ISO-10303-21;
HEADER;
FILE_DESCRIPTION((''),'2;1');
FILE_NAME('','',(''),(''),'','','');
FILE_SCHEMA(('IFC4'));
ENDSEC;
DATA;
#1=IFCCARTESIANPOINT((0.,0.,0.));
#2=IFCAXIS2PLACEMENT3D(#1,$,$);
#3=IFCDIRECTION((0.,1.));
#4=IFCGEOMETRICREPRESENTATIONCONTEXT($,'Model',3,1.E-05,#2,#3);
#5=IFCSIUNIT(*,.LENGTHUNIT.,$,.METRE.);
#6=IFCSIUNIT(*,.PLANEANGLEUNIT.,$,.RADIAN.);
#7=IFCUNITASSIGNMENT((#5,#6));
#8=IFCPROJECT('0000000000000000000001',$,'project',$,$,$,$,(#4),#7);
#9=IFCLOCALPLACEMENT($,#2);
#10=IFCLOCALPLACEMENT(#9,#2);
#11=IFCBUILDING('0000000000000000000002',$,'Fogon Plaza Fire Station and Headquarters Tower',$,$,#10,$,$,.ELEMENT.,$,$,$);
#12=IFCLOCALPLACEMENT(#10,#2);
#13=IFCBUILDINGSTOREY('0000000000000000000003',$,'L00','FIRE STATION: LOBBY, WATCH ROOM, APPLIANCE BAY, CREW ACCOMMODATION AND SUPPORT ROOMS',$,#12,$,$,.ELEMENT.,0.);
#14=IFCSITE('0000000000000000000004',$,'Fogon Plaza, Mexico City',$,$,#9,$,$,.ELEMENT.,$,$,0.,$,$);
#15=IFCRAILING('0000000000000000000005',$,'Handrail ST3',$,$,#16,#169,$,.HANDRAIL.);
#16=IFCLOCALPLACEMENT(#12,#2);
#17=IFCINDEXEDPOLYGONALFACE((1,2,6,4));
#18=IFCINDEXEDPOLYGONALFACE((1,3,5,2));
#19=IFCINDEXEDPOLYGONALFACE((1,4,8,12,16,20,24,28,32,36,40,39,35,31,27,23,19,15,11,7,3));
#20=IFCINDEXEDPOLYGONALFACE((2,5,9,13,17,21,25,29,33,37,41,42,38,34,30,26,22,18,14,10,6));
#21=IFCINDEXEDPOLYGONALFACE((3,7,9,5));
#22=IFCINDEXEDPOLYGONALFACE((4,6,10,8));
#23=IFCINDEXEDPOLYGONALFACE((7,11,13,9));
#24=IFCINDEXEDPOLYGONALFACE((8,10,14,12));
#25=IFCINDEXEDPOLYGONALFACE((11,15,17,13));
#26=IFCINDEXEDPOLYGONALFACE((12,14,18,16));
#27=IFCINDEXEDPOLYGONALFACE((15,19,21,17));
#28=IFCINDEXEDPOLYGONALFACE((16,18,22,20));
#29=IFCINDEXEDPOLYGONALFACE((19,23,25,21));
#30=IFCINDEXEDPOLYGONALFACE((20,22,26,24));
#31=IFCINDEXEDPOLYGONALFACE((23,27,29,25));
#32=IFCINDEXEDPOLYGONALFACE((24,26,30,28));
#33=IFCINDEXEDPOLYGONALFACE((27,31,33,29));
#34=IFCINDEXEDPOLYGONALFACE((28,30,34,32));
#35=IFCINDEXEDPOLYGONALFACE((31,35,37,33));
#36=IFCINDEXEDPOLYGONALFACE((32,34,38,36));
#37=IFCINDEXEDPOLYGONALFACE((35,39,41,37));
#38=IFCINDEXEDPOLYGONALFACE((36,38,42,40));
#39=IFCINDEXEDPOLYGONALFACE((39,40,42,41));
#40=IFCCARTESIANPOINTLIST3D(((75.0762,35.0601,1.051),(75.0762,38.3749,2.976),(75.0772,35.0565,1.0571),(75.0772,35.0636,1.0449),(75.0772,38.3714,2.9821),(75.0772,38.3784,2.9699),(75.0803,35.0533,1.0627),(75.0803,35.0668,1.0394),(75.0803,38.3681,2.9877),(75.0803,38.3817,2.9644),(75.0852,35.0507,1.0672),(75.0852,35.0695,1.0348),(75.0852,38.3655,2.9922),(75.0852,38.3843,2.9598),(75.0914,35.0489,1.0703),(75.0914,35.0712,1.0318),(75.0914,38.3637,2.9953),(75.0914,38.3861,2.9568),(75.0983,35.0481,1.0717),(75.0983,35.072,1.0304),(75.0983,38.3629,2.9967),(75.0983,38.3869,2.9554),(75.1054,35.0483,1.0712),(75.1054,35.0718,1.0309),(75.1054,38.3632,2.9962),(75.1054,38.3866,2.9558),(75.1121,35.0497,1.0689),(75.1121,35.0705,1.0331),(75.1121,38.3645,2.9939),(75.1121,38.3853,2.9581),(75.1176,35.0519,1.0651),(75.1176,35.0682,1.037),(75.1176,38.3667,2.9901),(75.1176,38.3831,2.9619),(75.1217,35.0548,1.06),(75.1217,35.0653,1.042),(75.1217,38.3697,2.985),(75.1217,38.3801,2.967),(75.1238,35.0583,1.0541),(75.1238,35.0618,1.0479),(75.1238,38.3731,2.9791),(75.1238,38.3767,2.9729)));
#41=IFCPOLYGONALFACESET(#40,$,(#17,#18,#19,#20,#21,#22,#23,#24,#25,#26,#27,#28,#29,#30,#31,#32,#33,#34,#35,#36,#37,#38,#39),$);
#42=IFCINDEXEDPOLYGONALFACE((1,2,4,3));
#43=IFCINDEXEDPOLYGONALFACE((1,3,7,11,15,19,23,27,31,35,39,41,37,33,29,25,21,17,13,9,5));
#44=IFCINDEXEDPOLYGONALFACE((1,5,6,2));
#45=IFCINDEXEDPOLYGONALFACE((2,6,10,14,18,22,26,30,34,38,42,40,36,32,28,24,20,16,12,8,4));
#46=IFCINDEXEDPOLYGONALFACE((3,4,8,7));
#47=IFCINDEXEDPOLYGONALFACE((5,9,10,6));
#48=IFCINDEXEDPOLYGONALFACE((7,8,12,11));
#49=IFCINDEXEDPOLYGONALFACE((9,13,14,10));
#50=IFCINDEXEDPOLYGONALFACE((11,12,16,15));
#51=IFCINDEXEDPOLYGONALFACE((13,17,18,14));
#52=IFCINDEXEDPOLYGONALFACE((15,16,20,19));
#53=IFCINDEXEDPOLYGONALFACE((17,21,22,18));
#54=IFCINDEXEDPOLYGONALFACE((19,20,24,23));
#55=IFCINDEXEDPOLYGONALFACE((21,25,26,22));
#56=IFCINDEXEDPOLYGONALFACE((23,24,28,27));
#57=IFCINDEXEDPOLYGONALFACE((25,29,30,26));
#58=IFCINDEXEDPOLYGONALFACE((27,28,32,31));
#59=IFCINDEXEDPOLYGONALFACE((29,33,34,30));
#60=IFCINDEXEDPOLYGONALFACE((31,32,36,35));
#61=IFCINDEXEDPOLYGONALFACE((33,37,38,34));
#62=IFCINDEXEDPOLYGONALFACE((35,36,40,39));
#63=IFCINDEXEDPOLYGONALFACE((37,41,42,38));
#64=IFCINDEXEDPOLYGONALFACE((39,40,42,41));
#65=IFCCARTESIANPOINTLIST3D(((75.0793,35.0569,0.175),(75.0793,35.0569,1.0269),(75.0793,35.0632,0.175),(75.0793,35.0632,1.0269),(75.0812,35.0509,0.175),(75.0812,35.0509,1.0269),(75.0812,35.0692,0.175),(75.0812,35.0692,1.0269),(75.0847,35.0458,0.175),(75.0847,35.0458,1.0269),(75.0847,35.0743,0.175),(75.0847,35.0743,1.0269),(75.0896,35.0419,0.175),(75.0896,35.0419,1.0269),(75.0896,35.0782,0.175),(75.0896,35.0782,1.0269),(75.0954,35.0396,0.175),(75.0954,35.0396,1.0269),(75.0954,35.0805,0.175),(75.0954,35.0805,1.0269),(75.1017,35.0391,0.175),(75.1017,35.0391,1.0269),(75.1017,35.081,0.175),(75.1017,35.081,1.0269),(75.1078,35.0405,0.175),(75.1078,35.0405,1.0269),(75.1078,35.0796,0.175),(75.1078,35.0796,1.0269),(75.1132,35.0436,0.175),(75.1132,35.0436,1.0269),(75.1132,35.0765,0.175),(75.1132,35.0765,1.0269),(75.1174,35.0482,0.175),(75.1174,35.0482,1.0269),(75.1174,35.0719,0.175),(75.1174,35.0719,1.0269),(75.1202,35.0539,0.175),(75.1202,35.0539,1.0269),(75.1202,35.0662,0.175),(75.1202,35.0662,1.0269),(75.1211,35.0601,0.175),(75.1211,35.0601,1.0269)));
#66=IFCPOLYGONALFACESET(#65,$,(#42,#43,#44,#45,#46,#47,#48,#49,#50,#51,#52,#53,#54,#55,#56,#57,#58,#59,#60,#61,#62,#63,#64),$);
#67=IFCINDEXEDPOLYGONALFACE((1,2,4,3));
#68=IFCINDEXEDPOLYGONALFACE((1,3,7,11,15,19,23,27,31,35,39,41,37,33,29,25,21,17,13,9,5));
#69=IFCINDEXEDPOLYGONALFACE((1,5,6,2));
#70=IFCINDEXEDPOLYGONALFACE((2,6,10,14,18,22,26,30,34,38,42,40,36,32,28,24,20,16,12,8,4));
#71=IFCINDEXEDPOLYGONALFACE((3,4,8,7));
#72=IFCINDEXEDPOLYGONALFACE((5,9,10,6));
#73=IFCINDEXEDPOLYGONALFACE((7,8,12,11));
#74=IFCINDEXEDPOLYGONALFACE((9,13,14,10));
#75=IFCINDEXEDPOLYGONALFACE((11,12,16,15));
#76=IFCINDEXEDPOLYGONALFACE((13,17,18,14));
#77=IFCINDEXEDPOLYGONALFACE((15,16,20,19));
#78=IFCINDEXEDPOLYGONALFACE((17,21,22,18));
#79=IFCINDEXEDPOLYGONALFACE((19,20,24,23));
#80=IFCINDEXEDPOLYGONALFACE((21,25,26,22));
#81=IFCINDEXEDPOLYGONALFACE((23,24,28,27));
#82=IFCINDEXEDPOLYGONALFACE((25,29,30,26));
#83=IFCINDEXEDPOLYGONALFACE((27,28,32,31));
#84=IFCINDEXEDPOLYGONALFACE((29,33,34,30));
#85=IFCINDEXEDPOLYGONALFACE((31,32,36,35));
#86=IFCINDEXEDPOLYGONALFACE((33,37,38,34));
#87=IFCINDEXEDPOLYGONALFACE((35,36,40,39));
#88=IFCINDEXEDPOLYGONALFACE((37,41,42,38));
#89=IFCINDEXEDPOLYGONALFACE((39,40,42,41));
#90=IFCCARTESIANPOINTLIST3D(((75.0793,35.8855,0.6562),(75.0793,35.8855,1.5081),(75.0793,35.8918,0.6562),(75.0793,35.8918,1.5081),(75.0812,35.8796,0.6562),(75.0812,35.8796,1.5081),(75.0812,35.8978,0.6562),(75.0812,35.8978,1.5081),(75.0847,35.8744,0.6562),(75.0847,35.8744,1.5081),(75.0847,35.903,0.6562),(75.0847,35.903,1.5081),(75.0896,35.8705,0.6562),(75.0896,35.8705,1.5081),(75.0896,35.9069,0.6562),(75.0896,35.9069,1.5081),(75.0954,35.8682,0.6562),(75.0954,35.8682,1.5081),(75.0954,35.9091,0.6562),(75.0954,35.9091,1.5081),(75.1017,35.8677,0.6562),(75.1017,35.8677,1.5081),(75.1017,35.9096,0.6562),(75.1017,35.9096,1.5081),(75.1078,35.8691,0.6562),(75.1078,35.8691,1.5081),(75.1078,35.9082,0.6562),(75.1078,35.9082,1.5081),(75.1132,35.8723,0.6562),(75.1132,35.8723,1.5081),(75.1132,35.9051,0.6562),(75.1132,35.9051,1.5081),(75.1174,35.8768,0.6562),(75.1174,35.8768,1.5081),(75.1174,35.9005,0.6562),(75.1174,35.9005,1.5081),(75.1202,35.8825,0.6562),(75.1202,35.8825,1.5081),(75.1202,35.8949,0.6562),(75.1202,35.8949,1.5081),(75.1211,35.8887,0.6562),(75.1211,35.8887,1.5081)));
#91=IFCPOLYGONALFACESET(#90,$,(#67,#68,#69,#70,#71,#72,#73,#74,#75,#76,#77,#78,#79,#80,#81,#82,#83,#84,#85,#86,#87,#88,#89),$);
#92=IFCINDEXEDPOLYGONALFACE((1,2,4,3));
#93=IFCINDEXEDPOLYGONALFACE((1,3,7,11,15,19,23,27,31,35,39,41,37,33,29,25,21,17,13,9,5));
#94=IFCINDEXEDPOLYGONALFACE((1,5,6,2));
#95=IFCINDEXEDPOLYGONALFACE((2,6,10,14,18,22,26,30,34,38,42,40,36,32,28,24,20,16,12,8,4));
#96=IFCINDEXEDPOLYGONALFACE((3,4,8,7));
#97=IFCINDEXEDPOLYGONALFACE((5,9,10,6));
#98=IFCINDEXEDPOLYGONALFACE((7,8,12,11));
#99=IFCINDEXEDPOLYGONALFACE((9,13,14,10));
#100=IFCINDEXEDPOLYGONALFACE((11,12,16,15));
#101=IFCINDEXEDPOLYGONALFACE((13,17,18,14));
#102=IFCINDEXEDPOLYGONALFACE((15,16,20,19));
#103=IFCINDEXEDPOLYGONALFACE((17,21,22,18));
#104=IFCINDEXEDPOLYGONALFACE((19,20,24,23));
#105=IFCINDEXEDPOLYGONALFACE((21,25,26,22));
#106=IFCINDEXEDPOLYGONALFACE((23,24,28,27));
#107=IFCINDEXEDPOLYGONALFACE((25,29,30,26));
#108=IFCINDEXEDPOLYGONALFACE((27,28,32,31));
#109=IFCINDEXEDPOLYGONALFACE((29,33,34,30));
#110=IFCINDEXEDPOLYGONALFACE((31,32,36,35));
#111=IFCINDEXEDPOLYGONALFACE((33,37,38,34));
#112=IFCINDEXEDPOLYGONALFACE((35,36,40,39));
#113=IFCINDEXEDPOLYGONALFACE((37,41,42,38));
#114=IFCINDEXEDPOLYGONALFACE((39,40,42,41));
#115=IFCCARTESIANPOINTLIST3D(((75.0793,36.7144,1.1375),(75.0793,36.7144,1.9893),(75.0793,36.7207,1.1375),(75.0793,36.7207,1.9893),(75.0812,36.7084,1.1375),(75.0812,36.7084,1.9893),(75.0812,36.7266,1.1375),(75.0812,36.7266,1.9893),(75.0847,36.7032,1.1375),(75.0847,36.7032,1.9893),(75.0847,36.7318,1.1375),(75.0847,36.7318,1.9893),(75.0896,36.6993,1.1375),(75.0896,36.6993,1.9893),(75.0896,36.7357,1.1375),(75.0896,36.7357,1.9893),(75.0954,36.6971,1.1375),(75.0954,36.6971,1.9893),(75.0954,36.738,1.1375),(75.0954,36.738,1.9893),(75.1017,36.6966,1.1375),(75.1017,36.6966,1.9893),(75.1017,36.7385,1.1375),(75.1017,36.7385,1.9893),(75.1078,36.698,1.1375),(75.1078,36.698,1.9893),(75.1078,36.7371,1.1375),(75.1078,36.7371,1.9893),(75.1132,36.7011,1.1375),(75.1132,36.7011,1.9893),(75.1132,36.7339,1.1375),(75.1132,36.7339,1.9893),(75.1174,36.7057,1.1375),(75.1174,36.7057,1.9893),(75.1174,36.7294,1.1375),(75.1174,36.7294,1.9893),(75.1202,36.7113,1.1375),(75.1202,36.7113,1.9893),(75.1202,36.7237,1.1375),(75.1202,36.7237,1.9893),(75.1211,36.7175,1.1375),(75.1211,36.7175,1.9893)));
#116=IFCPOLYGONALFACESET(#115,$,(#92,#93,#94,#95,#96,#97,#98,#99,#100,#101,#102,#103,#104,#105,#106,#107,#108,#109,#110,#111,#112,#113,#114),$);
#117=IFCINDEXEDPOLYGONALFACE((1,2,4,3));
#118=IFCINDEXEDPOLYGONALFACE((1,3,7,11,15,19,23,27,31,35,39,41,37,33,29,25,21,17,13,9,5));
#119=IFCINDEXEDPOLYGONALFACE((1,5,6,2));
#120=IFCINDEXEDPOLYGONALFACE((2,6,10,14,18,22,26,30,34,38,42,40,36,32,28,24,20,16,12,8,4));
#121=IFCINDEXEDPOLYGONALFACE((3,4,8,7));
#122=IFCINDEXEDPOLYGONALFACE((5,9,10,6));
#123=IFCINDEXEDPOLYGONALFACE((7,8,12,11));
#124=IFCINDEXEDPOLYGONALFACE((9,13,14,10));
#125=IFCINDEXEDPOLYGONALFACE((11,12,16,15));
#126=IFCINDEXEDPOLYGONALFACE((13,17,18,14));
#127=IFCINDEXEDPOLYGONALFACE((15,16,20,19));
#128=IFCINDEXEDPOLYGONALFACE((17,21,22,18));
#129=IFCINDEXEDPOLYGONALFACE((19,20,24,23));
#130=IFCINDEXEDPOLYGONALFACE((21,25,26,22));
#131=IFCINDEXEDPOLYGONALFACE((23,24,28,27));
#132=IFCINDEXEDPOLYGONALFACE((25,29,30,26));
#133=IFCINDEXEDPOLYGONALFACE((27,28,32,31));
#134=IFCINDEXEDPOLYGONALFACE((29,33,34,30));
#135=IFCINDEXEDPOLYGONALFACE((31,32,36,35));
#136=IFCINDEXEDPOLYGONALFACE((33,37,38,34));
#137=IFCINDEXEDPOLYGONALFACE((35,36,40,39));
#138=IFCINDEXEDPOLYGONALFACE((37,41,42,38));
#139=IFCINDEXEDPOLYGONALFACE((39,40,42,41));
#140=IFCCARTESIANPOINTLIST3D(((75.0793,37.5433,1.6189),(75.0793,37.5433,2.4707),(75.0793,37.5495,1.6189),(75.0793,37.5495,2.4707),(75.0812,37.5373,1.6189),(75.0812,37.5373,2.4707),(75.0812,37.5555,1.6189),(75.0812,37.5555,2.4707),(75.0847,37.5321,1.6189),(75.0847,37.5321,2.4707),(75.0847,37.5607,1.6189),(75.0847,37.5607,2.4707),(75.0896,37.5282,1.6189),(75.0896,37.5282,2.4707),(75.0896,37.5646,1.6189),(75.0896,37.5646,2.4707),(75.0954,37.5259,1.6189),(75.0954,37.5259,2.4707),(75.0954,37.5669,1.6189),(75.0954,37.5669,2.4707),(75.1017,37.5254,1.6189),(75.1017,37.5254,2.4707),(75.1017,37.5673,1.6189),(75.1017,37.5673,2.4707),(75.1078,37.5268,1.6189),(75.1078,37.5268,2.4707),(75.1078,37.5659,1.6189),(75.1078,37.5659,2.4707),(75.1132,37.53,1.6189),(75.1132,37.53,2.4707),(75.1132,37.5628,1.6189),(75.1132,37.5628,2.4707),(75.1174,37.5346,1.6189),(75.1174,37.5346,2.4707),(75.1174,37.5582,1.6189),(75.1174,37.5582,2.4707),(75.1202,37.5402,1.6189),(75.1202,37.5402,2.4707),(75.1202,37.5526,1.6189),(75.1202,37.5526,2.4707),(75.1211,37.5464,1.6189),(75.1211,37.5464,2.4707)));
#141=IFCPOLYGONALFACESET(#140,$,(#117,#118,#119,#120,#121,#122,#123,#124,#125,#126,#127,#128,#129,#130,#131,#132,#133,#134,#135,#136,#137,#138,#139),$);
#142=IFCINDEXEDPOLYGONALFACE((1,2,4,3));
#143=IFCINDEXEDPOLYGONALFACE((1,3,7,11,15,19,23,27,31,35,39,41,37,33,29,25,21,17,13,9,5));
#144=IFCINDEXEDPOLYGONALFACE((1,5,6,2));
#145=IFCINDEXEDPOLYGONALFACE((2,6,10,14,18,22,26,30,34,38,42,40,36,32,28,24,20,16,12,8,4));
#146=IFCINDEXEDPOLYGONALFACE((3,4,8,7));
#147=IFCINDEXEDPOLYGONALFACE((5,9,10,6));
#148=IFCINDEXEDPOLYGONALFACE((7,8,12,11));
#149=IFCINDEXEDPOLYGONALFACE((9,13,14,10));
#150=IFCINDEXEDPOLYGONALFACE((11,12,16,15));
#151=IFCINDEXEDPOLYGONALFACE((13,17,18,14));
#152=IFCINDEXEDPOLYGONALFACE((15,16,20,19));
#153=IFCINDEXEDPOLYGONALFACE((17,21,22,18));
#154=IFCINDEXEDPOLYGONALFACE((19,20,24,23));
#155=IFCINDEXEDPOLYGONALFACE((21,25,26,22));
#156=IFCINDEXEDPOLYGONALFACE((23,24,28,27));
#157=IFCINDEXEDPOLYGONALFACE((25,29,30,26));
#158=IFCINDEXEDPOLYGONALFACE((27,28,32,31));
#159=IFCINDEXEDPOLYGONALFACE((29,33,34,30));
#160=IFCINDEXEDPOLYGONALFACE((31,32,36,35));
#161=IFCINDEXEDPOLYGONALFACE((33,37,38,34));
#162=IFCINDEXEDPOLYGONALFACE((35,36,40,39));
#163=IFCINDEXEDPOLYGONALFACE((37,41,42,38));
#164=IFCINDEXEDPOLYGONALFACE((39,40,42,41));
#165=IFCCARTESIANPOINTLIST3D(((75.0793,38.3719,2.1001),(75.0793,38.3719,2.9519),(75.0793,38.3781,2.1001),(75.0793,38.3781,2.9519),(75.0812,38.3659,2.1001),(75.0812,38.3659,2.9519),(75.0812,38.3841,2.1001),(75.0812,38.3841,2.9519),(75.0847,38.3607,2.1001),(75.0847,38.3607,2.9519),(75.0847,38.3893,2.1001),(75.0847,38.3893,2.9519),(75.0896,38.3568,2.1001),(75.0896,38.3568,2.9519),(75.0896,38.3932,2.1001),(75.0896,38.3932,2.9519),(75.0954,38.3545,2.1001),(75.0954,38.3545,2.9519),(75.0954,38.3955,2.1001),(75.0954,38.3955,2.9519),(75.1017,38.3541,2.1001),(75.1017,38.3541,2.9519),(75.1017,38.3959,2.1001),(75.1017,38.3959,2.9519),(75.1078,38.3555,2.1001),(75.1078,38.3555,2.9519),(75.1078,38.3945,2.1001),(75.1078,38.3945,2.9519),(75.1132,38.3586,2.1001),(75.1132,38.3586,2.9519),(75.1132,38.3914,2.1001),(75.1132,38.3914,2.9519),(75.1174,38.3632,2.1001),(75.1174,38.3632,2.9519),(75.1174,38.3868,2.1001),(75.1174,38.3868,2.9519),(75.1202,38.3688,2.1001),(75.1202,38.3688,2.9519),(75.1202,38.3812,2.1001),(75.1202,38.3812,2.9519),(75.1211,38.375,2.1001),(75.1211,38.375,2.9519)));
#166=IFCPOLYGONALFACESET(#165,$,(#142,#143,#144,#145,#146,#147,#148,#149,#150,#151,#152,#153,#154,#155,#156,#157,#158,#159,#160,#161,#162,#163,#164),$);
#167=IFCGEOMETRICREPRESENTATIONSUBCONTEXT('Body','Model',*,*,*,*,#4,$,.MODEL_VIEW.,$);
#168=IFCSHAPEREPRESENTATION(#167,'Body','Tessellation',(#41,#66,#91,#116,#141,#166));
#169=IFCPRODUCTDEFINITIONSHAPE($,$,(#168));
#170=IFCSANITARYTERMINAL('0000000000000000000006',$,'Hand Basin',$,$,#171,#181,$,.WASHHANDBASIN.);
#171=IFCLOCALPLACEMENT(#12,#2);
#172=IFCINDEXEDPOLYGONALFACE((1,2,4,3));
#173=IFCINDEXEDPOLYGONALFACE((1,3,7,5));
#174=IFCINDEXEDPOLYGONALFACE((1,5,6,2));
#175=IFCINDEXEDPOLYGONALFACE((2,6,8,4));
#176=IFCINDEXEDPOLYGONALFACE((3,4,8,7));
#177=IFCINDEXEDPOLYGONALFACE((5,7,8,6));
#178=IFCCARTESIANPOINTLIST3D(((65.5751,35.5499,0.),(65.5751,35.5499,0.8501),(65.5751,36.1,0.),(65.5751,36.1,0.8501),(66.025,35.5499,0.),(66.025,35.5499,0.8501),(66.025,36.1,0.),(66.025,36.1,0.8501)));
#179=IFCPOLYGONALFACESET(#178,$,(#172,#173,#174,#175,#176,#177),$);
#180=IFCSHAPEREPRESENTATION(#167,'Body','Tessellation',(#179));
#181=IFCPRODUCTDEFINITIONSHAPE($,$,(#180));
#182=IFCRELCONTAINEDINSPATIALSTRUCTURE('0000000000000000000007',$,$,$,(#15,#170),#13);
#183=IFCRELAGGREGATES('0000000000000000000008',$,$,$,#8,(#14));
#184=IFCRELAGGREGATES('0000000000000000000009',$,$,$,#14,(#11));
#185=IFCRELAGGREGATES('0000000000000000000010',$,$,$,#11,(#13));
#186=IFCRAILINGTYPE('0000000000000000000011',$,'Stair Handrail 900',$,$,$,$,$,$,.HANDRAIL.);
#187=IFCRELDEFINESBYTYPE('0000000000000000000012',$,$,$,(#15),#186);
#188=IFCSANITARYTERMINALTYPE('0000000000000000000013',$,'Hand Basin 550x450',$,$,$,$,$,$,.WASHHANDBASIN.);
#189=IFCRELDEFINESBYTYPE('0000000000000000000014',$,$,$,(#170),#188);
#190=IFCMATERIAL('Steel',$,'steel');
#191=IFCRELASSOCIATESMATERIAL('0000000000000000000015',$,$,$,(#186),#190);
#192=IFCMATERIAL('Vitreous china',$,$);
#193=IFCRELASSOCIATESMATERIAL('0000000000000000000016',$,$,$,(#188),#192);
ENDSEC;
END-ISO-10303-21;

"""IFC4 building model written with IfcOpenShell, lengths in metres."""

from ifc_helpers import new_model, si_unit, direction, frame, origin, origin_2d, place, context, subcontext, project, spatial, rectangle, circle, extrude, material, type_object, element, save


model = new_model("IFC4")

# Units and contexts
model_context = context("Model", 3, precision=1e-05, world=origin(), true_north=direction((0.0, 1.0)))
body_context = subcontext(model_context, "Body", "Model", "MODEL_VIEW")
ifc_project = project(units=[si_unit("LENGTHUNIT", "METRE"), si_unit("PLANEANGLEUNIT", "RADIAN")], contexts=[model_context])

# Site, building, storey
site_placement = place(None, origin())
site = spatial("IfcSite", under=ifc_project, at=site_placement, Name="Fogon Plaza, Mexico City", CompositionType="ELEMENT", RefElevation=0.0)
building_placement = place(site_placement, origin())
building = spatial("IfcBuilding", under=site, at=building_placement, Name="Fogon Plaza Fire Station and Headquarters Tower", CompositionType="ELEMENT")
storey_placement = place(building_placement, origin())
storey = spatial("IfcBuildingStorey", under=building, at=storey_placement, Name="L00", Description="FIRE STATION: LOBBY, WATCH ROOM, APPLIANCE BAY, CREW ACCOMMODATION AND SUPPORT ROOMS", CompositionType="ELEMENT", Elevation=0.0)

# Railing
ifc_material_1 = material(Name="Steel", Category="steel")
railing_type = type_object("IfcRailingType", Name="Stair Handrail 900", PredefinedType="HANDRAIL", material=ifc_material_1)
for number, where, name in (
    (1, (75.1001, 35.0601, 0.175), "Handrail ST3"),
):
    element("IfcRailing", number, at=place(storey_placement, frame(where)), inside=storey, type_object=railing_type, Name=name, PredefinedType="HANDRAIL", context=body_context, shape_type="SweptSolid", body=[
        extrude(circle(Radius=0.0239, at=origin_2d()), frame((0.0, 0.0, 0.876), z_axis=(0.0, 0.864761, 0.502183), x_axis=(-1.0, 0.0, 0.0)), (0.0, 0.0, 1.0), 3.8333),
        extrude(circle(Radius=0.021, at=origin_2d()), origin(), (0.0, 0.0, 1.0), 0.8518),
        extrude(circle(Radius=0.021, at=origin_2d()), frame((0.0, 0.8286, 0.4812)), (0.0, 0.0, 1.0), 0.8518),
        extrude(circle(Radius=0.021, at=origin_2d()), frame((0.0, 1.6575, 0.9624)), (0.0, 0.0, 1.0), 0.8518),
        extrude(circle(Radius=0.021, at=origin_2d()), frame((0.0, 2.4863, 1.4438)), (0.0, 0.0, 1.0), 0.8518),
        extrude(circle(Radius=0.021, at=origin_2d()), frame((0.0, 3.3149, 1.925)), (0.0, 0.0, 1.0), 0.8518),
    ])

# Sanitary terminal
ifc_material_2 = material(Name="Vitreous china")
sanitary_terminal_type = type_object("IfcSanitaryTerminalType", Name="Hand Basin 550x450", PredefinedType="WASHHANDBASIN", material=ifc_material_2)
sanitary_terminal_placement = place(storey_placement, frame((65.8, 35.825, 0.0), z_axis=(0.0, 0.0, 1.0), x_axis=(1.0, 0.0, 0.0)))
element("IfcSanitaryTerminal", 2, at=sanitary_terminal_placement, inside=storey, type_object=sanitary_terminal_type, Name="Hand Basin", PredefinedType="WASHHANDBASIN", context=body_context, shape_type="SweptSolid", body=[
    extrude(rectangle(XDim=0.45, YDim=0.55, at=origin_2d()), origin(), (0.0, 0.0, 1.0), 0.8501),
])

save(model, "model.ifc")
